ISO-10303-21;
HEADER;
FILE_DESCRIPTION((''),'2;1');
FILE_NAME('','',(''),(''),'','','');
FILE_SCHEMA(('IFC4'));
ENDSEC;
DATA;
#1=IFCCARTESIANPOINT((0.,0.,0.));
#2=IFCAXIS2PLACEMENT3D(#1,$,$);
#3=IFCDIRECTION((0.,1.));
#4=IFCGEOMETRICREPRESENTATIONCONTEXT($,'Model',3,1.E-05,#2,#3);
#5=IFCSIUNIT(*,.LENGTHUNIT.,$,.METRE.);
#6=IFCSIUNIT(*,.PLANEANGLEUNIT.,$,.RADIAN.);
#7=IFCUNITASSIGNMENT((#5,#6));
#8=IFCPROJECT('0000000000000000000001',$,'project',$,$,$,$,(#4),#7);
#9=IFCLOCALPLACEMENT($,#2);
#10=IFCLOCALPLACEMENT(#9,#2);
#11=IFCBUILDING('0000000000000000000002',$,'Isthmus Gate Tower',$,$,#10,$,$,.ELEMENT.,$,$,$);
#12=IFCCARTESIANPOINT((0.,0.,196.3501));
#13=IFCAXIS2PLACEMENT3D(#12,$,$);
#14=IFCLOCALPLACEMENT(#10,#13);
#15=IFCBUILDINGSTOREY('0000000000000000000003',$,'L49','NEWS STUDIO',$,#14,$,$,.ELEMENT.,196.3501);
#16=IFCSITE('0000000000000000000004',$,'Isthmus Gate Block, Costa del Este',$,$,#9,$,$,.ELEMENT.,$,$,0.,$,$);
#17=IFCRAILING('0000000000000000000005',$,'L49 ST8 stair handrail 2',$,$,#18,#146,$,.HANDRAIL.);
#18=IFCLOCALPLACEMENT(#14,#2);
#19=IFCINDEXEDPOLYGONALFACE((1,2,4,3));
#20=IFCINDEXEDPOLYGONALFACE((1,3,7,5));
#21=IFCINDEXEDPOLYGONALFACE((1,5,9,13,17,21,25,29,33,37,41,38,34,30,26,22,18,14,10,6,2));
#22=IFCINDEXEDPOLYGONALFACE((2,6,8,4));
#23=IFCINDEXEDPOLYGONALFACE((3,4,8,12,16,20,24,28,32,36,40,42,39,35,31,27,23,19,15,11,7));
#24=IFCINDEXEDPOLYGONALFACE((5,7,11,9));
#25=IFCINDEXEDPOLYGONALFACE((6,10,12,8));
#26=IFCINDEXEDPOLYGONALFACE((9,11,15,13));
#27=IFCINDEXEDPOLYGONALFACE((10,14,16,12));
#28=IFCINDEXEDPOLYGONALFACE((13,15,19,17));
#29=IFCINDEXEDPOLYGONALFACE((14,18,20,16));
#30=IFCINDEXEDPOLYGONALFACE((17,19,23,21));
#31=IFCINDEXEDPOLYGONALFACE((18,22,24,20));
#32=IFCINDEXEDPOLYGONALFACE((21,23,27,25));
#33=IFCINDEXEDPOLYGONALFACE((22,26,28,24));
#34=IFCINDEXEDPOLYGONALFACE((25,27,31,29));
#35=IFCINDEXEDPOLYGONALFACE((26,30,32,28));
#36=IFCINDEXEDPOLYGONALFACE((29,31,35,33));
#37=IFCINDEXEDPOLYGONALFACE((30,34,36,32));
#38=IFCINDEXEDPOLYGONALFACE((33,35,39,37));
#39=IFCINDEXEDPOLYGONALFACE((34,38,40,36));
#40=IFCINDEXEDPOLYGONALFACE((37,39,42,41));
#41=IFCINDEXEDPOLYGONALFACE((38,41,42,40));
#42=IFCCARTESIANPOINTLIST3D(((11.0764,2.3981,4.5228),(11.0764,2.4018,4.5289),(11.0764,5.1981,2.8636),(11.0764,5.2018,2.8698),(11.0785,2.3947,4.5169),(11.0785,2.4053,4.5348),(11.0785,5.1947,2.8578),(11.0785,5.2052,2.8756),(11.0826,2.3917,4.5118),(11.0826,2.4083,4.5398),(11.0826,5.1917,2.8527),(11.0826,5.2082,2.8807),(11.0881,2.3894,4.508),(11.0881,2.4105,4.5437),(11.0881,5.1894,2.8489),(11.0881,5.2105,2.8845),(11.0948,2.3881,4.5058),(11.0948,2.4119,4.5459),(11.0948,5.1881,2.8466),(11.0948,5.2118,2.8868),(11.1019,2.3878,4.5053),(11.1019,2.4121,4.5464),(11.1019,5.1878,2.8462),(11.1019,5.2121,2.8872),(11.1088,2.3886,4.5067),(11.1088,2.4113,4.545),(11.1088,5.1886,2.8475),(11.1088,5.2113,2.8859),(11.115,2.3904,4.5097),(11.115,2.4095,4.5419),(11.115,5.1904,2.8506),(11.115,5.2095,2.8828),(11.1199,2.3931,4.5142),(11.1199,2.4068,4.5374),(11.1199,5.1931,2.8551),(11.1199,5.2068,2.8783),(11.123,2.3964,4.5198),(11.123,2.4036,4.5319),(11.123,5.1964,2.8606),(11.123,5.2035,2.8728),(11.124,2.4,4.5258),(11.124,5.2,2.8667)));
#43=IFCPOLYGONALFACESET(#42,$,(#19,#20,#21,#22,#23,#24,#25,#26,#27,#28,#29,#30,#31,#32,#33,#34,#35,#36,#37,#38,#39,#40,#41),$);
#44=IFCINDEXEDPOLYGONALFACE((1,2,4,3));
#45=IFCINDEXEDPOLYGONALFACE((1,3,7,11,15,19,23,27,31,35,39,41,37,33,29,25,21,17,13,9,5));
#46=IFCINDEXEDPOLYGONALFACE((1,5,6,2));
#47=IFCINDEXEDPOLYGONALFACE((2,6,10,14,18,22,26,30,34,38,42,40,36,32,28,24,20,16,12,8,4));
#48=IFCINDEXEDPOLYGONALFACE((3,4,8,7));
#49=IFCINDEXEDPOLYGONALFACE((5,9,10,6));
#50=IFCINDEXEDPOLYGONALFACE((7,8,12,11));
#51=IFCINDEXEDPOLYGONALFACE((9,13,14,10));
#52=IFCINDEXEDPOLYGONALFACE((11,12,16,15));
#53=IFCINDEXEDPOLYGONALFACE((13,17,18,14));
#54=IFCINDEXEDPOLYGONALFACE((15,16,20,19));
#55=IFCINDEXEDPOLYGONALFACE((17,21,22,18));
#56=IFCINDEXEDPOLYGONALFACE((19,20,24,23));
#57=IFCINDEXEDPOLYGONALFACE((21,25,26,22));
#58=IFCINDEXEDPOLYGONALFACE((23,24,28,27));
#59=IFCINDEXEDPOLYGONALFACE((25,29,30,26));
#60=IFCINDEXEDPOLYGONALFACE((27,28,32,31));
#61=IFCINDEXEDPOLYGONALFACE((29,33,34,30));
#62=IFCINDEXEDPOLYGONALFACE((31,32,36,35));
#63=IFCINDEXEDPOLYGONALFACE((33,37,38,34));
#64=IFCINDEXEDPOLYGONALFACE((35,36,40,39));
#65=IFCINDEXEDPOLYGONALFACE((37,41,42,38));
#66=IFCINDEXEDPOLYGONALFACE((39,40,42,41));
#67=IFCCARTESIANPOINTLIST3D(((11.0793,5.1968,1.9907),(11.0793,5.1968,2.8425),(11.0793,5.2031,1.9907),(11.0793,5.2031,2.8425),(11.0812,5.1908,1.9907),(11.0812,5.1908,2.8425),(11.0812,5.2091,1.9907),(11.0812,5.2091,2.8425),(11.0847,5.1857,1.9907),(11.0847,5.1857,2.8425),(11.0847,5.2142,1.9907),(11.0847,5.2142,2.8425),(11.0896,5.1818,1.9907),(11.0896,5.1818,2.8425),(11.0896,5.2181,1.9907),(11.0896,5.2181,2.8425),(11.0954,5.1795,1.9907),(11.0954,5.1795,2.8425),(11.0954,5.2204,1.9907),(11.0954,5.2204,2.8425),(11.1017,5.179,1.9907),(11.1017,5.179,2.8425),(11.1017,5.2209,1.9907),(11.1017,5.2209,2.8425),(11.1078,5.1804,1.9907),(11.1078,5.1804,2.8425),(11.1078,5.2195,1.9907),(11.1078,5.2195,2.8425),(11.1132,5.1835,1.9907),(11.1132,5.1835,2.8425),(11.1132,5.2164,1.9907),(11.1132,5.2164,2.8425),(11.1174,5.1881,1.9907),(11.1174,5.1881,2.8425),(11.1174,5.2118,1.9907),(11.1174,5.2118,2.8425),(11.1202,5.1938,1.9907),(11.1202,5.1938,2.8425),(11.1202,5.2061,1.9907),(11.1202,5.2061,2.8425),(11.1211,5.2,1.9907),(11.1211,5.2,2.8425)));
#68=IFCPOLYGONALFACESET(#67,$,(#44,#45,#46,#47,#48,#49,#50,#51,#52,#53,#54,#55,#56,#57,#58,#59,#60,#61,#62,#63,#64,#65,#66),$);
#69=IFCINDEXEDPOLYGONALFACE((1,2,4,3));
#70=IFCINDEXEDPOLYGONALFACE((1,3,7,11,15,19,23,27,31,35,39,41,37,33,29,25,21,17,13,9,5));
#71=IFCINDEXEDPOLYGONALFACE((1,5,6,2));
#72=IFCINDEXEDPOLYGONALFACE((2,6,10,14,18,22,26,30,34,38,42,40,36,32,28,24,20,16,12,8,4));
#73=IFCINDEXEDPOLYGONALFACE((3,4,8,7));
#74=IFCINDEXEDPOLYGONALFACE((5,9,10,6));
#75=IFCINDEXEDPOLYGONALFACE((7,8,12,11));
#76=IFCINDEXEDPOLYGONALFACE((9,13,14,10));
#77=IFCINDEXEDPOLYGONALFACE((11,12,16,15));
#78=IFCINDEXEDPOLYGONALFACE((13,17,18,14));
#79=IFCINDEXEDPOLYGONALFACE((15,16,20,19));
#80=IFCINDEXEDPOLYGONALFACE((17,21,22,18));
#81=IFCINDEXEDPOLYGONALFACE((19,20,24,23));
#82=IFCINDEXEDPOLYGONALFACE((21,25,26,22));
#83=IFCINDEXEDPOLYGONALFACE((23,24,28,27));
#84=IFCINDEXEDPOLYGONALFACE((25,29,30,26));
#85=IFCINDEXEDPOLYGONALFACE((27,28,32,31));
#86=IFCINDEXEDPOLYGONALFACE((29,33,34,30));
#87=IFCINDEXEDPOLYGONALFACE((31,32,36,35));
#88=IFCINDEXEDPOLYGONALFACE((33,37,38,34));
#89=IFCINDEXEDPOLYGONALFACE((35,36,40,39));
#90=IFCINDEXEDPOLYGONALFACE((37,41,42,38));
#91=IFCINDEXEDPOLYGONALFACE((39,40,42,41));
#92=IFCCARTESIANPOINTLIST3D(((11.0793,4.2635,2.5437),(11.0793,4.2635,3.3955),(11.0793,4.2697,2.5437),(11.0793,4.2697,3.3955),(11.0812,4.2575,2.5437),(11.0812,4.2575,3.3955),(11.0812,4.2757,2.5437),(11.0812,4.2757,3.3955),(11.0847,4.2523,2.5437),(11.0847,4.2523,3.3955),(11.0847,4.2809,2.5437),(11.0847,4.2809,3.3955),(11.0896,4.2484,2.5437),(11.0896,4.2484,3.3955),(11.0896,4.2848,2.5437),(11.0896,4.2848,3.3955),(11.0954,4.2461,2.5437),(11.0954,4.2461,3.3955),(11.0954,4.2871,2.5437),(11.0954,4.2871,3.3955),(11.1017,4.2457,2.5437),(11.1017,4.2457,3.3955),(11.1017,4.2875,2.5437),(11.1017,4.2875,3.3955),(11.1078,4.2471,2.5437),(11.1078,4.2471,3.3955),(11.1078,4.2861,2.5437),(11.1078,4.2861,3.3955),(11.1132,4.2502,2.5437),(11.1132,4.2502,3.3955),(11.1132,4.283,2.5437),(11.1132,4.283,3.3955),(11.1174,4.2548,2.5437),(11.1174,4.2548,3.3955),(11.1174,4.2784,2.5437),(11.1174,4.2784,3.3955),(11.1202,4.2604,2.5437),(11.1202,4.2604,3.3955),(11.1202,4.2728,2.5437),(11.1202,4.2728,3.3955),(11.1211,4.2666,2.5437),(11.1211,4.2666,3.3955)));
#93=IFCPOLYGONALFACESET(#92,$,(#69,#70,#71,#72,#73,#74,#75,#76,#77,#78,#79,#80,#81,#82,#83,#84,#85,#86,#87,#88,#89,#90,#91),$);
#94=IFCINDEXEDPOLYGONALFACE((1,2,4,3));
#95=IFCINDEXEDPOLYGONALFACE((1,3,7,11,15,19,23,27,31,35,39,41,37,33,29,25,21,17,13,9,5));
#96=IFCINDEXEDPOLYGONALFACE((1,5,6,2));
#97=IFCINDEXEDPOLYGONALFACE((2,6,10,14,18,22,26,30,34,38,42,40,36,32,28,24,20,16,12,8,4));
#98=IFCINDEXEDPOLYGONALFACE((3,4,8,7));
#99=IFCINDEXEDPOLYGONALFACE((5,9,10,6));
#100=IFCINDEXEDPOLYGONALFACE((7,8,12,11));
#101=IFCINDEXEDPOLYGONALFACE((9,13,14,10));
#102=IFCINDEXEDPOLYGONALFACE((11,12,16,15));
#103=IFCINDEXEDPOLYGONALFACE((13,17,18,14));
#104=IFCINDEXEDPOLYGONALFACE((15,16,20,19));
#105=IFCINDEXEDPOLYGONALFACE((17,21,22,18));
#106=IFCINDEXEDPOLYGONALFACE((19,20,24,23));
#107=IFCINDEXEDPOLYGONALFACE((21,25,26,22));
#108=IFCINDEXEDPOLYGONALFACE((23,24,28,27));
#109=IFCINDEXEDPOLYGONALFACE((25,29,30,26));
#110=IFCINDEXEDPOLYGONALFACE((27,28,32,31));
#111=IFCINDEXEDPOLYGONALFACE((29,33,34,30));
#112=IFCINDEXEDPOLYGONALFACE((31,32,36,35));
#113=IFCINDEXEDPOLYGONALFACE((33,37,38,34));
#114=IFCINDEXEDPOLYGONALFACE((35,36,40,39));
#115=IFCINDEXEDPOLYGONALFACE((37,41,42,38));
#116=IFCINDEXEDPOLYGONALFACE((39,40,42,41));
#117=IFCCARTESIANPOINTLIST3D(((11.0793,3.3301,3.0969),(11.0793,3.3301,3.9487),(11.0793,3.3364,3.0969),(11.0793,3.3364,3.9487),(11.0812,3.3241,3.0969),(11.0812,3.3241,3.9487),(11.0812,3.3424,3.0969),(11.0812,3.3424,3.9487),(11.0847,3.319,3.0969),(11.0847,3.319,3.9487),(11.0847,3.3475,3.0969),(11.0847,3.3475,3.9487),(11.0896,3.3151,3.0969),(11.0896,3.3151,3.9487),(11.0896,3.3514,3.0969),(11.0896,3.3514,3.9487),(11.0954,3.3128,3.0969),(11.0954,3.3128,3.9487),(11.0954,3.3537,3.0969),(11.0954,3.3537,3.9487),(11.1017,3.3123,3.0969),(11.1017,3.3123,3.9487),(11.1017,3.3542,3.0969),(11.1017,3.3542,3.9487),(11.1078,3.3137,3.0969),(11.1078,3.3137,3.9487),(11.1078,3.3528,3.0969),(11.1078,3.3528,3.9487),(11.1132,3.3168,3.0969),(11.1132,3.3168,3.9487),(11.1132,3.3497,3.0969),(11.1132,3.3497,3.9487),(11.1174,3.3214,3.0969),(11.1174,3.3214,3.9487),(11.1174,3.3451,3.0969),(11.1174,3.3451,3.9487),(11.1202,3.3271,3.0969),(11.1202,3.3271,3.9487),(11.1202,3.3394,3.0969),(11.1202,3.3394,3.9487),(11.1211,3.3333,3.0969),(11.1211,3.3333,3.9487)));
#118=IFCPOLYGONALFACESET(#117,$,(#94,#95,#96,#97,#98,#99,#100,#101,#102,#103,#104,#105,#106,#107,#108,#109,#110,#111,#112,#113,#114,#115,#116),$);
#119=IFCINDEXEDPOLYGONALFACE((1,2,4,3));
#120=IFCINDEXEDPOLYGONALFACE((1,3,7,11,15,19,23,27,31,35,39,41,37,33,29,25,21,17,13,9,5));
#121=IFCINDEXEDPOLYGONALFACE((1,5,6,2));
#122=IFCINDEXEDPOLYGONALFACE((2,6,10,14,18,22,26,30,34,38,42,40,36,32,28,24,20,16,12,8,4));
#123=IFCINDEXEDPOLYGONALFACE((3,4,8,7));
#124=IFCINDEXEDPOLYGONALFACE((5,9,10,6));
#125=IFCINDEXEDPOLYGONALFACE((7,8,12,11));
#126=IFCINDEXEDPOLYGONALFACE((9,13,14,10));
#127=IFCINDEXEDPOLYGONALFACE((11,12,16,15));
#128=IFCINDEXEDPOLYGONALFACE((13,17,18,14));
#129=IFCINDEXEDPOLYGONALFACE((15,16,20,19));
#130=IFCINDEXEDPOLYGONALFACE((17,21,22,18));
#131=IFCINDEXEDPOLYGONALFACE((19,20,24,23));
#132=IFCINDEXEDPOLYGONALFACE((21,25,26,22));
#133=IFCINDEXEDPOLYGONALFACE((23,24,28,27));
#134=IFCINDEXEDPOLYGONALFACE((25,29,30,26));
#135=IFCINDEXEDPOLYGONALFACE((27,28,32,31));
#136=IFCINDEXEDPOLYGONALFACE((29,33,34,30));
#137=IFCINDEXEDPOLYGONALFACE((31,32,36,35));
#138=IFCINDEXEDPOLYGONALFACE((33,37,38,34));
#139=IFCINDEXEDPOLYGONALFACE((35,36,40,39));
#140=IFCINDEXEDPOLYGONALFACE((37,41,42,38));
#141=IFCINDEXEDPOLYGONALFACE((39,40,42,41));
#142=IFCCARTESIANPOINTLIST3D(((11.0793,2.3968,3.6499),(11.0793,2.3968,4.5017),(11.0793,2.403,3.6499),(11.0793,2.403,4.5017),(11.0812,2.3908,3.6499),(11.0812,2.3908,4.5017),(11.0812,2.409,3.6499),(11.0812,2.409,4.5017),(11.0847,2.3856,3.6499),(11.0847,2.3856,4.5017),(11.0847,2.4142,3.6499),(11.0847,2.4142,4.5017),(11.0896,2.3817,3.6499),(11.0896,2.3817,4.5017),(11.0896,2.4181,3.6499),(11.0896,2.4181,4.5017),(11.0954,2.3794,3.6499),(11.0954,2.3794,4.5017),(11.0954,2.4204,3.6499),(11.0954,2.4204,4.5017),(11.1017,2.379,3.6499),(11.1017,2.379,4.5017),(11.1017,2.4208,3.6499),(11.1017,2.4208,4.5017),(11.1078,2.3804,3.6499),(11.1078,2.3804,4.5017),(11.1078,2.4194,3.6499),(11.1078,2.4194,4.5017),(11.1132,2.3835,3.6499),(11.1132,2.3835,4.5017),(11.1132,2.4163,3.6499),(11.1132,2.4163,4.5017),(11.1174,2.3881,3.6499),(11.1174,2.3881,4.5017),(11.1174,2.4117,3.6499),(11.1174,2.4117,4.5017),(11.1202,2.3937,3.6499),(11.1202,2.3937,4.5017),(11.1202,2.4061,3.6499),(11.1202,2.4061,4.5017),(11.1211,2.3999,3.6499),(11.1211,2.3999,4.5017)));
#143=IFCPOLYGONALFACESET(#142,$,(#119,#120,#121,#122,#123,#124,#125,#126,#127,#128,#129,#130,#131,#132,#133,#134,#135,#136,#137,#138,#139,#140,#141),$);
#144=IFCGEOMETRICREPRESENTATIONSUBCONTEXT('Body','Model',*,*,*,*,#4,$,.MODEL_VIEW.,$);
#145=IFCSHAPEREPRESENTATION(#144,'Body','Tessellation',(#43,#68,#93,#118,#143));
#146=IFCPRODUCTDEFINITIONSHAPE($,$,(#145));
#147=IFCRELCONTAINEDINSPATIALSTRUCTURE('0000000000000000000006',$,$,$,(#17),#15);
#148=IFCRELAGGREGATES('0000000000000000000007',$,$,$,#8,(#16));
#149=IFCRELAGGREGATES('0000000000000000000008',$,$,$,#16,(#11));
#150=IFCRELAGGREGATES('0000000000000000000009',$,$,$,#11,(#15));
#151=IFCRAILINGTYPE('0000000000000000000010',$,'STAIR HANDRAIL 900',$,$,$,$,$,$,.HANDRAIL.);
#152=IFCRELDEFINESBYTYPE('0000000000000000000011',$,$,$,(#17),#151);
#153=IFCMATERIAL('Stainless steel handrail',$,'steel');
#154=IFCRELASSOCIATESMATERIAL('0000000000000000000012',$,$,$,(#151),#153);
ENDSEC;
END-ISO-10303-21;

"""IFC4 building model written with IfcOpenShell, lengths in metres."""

from ifc_helpers import new_model, si_unit, direction, frame, origin, origin_2d, place, context, subcontext, project, spatial, circle, extrude, material, type_object, element, save


model = new_model("IFC4")

# Units and contexts
model_context = context("Model", 3, precision=1e-05, world=origin(), true_north=direction((0.0, 1.0)))
body_context = subcontext(model_context, "Body", "Model", "MODEL_VIEW")
ifc_project = project(units=[si_unit("LENGTHUNIT", "METRE"), si_unit("PLANEANGLEUNIT", "RADIAN")], contexts=[model_context])

# Site, building, storey
site_placement = place(None, origin())
site = spatial("IfcSite", under=ifc_project, at=site_placement, Name="Isthmus Gate Block, Costa del Este", CompositionType="ELEMENT", RefElevation=0.0)
building_placement = place(site_placement, origin())
building = spatial("IfcBuilding", under=site, at=building_placement, Name="Isthmus Gate Tower", CompositionType="ELEMENT")
storey_placement = place(building_placement, frame((0.0, 0.0, 196.3501)))
storey = spatial("IfcBuildingStorey", under=building, at=storey_placement, Name="L49", Description="NEWS STUDIO", CompositionType="ELEMENT", Elevation=196.3501)

# Railing
ifc_material_1 = material(Name="Stainless steel handrail", Category="steel")
railing_type_1 = type_object("IfcRailingType", Name="STAIR HANDRAIL 900", PredefinedType="HANDRAIL", material=ifc_material_1)
for number, where, name in (
    (1, (11.1001, 5.2, 1.9907), "L49 ST8 stair handrail 2"),
):
    element("IfcRailing", number, at=place(storey_placement, frame(where)), inside=storey, type_object=railing_type_1, Name=name, PredefinedType="HANDRAIL", context=body_context, shape_type="SweptSolid", body=[
        extrude(circle(Radius=0.0239, at=origin_2d()), frame((0.0, 0.0, 0.876), z_axis=(0.0, -0.860306, 0.509778), x_axis=(1.0, 0.0, 0.0)), (0.0, 0.0, 1.0), 3.2546),
        extrude(circle(Radius=0.021, at=origin_2d()), origin(), (0.0, 0.0, 1.0), 0.8518),
        extrude(circle(Radius=0.021, at=origin_2d()), frame((0.0, -0.9333, 0.553)), (0.0, 0.0, 1.0), 0.8518),
        extrude(circle(Radius=0.021, at=origin_2d()), frame((0.0, -1.8667, 1.1062)), (0.0, 0.0, 1.0), 0.8518),
        extrude(circle(Radius=0.021, at=origin_2d()), frame((0.0, -2.8, 1.6592)), (0.0, 0.0, 1.0), 0.8518),
    ])

save(model, "model.ifc")
